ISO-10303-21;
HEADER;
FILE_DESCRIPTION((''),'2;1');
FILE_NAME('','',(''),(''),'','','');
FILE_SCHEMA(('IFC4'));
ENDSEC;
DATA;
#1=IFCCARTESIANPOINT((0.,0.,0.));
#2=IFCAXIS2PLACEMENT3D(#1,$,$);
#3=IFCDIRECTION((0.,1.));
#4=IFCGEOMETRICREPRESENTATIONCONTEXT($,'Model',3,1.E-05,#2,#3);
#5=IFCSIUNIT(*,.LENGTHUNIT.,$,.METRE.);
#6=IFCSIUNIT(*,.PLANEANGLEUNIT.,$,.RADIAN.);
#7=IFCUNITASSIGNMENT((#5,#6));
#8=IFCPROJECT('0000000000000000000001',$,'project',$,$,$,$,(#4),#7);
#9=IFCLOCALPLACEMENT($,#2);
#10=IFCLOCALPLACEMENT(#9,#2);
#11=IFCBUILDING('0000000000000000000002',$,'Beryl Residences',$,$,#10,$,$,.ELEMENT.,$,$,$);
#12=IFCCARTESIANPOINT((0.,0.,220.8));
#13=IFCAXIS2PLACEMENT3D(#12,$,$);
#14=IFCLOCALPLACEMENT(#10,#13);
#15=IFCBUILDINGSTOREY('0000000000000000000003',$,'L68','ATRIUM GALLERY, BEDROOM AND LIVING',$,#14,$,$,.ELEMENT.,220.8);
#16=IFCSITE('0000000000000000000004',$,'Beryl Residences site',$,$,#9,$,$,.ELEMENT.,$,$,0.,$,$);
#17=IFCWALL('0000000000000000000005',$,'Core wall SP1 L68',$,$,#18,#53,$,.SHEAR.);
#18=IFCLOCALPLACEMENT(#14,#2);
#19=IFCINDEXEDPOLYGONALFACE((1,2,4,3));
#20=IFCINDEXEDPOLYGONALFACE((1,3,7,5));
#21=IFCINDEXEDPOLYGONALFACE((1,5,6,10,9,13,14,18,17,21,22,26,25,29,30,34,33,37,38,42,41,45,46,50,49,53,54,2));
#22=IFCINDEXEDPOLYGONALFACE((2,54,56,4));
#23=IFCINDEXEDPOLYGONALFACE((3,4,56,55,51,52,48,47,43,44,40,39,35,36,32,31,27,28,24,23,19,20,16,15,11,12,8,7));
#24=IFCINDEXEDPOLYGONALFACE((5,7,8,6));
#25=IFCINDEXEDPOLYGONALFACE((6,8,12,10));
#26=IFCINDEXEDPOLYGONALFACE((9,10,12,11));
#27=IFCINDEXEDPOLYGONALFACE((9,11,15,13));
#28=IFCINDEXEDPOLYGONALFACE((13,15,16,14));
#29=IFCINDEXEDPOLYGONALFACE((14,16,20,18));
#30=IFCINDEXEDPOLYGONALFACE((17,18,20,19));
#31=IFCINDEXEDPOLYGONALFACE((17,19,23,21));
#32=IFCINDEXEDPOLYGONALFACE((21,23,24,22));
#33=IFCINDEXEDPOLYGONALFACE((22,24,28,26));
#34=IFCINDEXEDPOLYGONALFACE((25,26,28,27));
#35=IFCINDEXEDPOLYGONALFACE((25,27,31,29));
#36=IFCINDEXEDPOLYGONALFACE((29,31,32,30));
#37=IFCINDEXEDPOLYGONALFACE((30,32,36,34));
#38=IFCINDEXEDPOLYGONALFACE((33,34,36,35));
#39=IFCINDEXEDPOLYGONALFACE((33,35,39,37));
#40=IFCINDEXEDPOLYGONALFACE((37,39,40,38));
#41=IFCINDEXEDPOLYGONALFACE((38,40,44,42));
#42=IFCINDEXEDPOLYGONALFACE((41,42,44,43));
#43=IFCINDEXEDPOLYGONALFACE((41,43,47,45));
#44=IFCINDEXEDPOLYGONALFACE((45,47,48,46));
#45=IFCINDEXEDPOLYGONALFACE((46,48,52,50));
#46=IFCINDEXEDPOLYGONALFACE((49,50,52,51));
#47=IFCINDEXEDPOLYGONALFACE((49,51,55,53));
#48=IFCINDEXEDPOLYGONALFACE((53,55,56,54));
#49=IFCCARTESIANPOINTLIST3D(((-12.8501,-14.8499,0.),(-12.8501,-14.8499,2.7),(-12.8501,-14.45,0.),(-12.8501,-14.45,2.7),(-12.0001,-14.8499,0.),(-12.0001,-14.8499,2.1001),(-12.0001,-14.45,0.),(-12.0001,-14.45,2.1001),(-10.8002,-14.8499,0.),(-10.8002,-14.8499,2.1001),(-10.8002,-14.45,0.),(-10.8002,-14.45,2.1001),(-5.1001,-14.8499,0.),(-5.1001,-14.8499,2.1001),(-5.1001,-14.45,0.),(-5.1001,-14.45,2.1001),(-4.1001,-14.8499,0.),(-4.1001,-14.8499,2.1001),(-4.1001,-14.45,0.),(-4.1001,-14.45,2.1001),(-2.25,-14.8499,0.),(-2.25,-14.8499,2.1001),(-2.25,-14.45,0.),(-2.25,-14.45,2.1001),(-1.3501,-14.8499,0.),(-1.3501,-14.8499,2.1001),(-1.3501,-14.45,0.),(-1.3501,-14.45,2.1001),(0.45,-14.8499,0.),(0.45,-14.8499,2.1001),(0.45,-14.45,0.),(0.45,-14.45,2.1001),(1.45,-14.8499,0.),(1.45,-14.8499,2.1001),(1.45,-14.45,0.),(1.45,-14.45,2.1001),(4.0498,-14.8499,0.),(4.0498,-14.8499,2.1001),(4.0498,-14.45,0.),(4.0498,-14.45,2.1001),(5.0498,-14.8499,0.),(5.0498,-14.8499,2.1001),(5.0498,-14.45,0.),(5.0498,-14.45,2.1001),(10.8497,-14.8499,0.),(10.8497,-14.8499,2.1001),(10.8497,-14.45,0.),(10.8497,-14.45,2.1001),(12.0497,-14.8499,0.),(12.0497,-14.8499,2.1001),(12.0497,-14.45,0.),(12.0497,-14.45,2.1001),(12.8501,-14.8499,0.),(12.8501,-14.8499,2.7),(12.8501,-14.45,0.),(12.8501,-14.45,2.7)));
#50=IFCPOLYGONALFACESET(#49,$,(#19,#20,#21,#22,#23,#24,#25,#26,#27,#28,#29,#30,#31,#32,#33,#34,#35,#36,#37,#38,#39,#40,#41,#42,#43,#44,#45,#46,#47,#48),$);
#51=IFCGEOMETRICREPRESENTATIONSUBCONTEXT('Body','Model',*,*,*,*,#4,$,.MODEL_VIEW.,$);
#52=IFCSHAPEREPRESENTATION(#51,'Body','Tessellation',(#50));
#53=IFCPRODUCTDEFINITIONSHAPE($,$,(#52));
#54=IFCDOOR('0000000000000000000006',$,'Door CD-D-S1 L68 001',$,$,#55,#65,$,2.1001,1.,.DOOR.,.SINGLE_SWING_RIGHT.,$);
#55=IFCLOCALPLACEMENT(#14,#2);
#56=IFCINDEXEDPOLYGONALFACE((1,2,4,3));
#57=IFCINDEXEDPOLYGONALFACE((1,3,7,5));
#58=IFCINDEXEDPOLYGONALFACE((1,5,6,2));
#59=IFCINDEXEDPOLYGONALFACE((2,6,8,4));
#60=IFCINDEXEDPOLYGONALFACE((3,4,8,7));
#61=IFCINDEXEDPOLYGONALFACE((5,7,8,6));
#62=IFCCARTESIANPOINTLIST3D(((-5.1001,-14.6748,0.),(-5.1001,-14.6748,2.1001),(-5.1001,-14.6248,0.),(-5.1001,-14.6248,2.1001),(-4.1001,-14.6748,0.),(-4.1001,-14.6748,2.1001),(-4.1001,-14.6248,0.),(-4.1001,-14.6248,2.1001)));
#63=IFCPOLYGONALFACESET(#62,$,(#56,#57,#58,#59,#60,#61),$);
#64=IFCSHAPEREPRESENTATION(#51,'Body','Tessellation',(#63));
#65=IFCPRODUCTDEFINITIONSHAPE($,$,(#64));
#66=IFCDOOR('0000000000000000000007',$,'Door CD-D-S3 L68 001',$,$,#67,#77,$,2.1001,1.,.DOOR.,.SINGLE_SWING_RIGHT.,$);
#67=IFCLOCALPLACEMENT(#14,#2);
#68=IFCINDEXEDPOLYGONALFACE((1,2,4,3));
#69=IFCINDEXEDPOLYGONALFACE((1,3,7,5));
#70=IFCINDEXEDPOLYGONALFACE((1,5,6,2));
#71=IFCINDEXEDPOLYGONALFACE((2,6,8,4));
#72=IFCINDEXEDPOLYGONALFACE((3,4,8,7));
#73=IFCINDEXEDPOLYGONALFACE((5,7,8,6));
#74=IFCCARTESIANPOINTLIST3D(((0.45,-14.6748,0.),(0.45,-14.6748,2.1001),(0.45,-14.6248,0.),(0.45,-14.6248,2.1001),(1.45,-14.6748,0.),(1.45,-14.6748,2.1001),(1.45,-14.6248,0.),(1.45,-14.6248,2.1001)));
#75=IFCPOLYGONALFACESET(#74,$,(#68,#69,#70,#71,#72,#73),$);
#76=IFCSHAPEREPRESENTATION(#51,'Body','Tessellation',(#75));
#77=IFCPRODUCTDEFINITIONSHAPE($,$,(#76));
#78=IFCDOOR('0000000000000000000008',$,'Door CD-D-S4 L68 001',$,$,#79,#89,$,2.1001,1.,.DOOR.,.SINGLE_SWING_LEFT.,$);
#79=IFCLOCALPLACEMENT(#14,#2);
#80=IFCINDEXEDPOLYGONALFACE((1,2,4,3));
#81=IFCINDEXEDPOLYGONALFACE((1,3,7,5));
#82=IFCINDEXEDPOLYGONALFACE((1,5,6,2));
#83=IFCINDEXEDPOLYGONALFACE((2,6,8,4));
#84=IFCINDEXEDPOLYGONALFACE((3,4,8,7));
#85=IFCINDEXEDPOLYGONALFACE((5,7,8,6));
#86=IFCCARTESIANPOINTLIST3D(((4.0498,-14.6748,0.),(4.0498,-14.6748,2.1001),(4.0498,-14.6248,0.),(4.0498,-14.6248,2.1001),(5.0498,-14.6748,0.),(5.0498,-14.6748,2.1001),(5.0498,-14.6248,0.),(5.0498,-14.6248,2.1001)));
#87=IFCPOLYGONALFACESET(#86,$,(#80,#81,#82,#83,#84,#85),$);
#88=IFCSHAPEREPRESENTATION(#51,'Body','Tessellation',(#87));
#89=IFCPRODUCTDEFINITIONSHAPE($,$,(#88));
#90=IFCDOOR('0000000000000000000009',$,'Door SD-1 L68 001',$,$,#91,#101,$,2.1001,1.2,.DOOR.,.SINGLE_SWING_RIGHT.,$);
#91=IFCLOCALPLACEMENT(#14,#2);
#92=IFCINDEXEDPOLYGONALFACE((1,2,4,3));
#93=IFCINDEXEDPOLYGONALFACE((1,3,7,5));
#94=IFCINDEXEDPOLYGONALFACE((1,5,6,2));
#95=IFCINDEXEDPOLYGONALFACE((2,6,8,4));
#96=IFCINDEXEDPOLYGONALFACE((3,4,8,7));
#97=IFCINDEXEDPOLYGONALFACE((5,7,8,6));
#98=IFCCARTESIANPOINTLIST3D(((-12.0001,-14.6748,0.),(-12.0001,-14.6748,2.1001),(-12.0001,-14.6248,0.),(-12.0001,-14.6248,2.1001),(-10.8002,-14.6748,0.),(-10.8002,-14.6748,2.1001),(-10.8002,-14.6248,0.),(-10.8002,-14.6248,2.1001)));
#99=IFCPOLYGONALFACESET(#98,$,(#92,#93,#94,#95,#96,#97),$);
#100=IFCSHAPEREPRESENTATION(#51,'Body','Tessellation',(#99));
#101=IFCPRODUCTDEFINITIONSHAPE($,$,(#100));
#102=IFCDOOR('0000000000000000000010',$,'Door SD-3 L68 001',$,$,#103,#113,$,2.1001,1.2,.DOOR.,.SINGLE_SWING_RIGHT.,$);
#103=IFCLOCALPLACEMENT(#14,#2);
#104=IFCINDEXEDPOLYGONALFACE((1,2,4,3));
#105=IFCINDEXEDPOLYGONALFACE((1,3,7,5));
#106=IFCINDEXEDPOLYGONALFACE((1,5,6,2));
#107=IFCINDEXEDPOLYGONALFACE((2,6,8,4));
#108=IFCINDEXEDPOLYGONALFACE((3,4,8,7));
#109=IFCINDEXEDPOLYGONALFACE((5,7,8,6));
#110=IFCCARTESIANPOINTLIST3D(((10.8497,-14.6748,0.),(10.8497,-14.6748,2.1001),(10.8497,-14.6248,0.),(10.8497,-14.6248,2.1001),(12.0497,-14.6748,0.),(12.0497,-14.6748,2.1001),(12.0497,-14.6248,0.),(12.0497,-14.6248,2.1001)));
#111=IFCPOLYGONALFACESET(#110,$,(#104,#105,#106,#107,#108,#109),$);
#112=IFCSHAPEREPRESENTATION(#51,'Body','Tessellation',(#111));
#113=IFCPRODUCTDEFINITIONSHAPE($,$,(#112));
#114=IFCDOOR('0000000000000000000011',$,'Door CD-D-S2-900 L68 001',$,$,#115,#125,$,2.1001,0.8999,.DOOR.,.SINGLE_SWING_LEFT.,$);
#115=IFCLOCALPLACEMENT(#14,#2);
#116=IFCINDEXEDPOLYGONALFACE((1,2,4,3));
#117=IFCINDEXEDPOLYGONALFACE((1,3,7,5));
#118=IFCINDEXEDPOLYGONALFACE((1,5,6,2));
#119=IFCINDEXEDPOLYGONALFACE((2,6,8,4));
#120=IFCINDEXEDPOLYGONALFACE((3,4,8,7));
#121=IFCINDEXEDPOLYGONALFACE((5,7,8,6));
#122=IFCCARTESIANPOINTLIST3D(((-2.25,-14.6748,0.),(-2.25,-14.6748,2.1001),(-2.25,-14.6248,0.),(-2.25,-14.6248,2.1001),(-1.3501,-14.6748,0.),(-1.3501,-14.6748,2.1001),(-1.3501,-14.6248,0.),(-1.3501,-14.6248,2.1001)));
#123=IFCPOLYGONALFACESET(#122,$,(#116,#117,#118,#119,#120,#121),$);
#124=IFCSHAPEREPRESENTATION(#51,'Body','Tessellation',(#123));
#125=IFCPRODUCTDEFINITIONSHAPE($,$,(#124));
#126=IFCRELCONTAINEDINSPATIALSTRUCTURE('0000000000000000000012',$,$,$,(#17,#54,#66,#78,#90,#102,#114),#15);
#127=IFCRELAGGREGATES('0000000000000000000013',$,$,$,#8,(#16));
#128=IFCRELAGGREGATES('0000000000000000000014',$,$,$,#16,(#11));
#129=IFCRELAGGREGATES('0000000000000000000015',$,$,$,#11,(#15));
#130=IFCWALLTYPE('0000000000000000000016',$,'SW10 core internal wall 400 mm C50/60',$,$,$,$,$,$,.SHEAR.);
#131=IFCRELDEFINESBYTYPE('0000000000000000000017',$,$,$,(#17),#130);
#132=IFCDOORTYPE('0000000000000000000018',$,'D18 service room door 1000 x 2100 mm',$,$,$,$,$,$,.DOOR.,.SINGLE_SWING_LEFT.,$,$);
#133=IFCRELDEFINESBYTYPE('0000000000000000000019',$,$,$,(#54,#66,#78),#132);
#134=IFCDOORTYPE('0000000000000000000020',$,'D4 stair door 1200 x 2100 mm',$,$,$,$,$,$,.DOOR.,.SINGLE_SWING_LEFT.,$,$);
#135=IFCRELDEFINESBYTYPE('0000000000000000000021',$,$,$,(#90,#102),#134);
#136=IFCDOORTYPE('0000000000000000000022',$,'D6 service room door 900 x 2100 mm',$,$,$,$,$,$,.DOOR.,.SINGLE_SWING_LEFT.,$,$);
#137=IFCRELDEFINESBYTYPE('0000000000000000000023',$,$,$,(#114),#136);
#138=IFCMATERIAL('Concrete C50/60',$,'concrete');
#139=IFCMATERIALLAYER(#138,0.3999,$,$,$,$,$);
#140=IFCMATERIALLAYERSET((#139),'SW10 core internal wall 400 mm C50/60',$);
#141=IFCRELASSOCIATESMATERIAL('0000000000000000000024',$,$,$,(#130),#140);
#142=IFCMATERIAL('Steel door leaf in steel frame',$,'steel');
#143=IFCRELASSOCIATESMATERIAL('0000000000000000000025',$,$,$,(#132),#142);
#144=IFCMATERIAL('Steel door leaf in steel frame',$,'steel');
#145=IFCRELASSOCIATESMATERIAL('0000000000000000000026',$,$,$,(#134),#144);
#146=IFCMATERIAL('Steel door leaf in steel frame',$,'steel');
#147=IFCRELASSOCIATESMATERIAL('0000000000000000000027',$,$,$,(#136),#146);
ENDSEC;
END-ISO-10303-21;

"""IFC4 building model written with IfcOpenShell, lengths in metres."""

from ifc_helpers import new_model, si_unit, direction, frame, frame_2d, origin, place, context, subcontext, project, spatial, rectangle, extrude, material, layer, layer_set, type_object, element, fill, save


model = new_model("IFC4")

# Units and contexts
model_context = context("Model", 3, precision=1e-05, world=origin(), true_north=direction((0.0, 1.0)))
body_context = subcontext(model_context, "Body", "Model", "MODEL_VIEW")
ifc_project = project(units=[si_unit("LENGTHUNIT", "METRE"), si_unit("PLANEANGLEUNIT", "RADIAN")], contexts=[model_context])

# Site, building, storey
site_placement = place(None, origin())
site = spatial("IfcSite", under=ifc_project, at=site_placement, Name="Beryl Residences site", CompositionType="ELEMENT", RefElevation=0.0)
building_placement = place(site_placement, origin())
building = spatial("IfcBuilding", under=site, at=building_placement, Name="Beryl Residences", CompositionType="ELEMENT")
storey_placement = place(building_placement, frame((0.0, 0.0, 220.8)))
storey = spatial("IfcBuildingStorey", under=building, at=storey_placement, Name="L68", Description="ATRIUM GALLERY, BEDROOM AND LIVING", CompositionType="ELEMENT", Elevation=220.8)

# Wall, openings, doors
ifc_material_1 = material(Name="Concrete C50/60", Category="concrete")
ifc_layer_1 = layer(ifc_material_1, 0.3999)
ifc_layer_set_1 = layer_set([ifc_layer_1], Name="SW10 core internal wall 400 mm C50/60")
wall_type_1 = type_object("IfcWallType", Name="SW10 core internal wall 400 mm C50/60", PredefinedType="SHEAR", material=ifc_layer_set_1)
wall_1_placement = place(storey_placement, frame((-12.8501, -14.6499, 0.0), z_axis=(0.0, 0.0, 1.0), x_axis=(1.0, 0.0, 0.0)))
wall_1 = element("IfcWall", 1, at=wall_1_placement, inside=storey, type_object=wall_type_1, Name="Core wall SP1 L68", PredefinedType="SHEAR", context=body_context, shape_type="SweptSolid", body=[
    extrude(rectangle(XDim=25.7002, YDim=0.3999, at=frame_2d((12.8501, 0.0))), origin(), (0.0, 0.0, 1.0), 2.7),
])
opening_1_placement = place(wall_1_placement, frame((2.05, 0.0, 0.0), z_axis=(0.0, 0.0, 1.0), x_axis=(-1.0, 0.0, 0.0)))
opening_1 = element("IfcOpeningElement", 2, at=opening_1_placement, cuts=wall_1, PredefinedType="OPENING", context=body_context, shape_type="SweptSolid", body=[
    extrude(rectangle(XDim=1.2, YDim=2.1001, at=frame_2d((0.6001, 1.05))), frame((0.0, 0.21, 0.0), z_axis=(0.0, -1.0, 0.0), x_axis=(1.0, 0.0, 0.0)), (0.0, 0.0, 1.0), 0.4199),
])
opening_2_placement = place(wall_1_placement, frame((24.8999, 0.0, 0.0), z_axis=(0.0, 0.0, 1.0), x_axis=(-1.0, 0.0, 0.0)))
opening_2 = element("IfcOpeningElement", 3, at=opening_2_placement, cuts=wall_1, PredefinedType="OPENING", context=body_context, shape_type="SweptSolid", body=[
    extrude(rectangle(XDim=1.2, YDim=2.1001, at=frame_2d((0.6001, 1.05))), frame((0.0, 0.21, 0.0), z_axis=(0.0, -1.0, 0.0), x_axis=(1.0, 0.0, 0.0)), (0.0, 0.0, 1.0), 0.4199),
])
opening_3_placement = place(wall_1_placement, frame((8.75, 0.0, 0.0), z_axis=(0.0, 0.0, 1.0), x_axis=(-1.0, 0.0, 0.0)))
opening_3 = element("IfcOpeningElement", 4, at=opening_3_placement, cuts=wall_1, PredefinedType="OPENING", context=body_context, shape_type="SweptSolid", body=[
    extrude(rectangle(XDim=1.0, YDim=2.1001, at=frame_2d((0.5, 1.05))), frame((0.0, 0.21, 0.0), z_axis=(0.0, -1.0, 0.0), x_axis=(1.0, 0.0, 0.0)), (0.0, 0.0, 1.0), 0.4199),
])
opening_4_placement = place(wall_1_placement, frame((11.5, 0.0, 0.0), z_axis=(0.0, 0.0, 1.0), x_axis=(-1.0, 0.0, 0.0)))
opening_4 = element("IfcOpeningElement", 5, at=opening_4_placement, cuts=wall_1, PredefinedType="OPENING", context=body_context, shape_type="SweptSolid", body=[
    extrude(rectangle(XDim=0.8999, YDim=2.1001, at=frame_2d((0.45, 1.05))), frame((0.0, 0.21, 0.0), z_axis=(0.0, -1.0, 0.0), x_axis=(1.0, 0.0, 0.0)), (0.0, 0.0, 1.0), 0.4199),
])
opening_5_placement = place(wall_1_placement, frame((14.3, 0.0, 0.0), z_axis=(0.0, 0.0, 1.0), x_axis=(-1.0, 0.0, 0.0)))
opening_5 = element("IfcOpeningElement", 6, at=opening_5_placement, cuts=wall_1, PredefinedType="OPENING", context=body_context, shape_type="SweptSolid", body=[
    extrude(rectangle(XDim=1.0, YDim=2.1001, at=frame_2d((0.5, 1.05))), frame((0.0, 0.21, 0.0), z_axis=(0.0, -1.0, 0.0), x_axis=(1.0, 0.0, 0.0)), (0.0, 0.0, 1.0), 0.4199),
])
opening_6_placement = place(wall_1_placement, frame((17.8999, 0.0, 0.0), z_axis=(0.0, 0.0, 1.0), x_axis=(-1.0, 0.0, 0.0)))
opening_6 = element("IfcOpeningElement", 7, at=opening_6_placement, cuts=wall_1, PredefinedType="OPENING", context=body_context, shape_type="SweptSolid", body=[
    extrude(rectangle(XDim=1.0, YDim=2.1001, at=frame_2d((0.5, 1.05))), frame((0.0, 0.21, 0.0), z_axis=(0.0, -1.0, 0.0), x_axis=(1.0, 0.0, 0.0)), (0.0, 0.0, 1.0), 0.4199),
])
ifc_material_2 = material(Name="Steel door leaf in steel frame", Category="steel")
door_type_1 = type_object("IfcDoorType", Name="D18 service room door 1000 x 2100 mm", OperationType="SINGLE_SWING_LEFT", PredefinedType="DOOR", material=ifc_material_2)
door_1_placement = place(opening_3_placement, origin())
door_1 = element("IfcDoor", 8, at=door_1_placement, inside=storey, type_object=door_type_1, Name="Door CD-D-S1 L68 001", OperationType="SINGLE_SWING_RIGHT", OverallHeight=2.1001, OverallWidth=1.0, PredefinedType="DOOR", context=body_context, shape_type="SweptSolid", body=[
    extrude(rectangle(XDim=1.0, YDim=2.1001, at=frame_2d((0.5, 1.05))), frame((0.0, 0.0249, 0.0), z_axis=(0.0, -1.0, 0.0), x_axis=(1.0, 0.0, 0.0)), (0.0, 0.0, 1.0), 0.05),
])
fill(opening_3, door_1)
door_2_placement = place(opening_5_placement, origin())
door_2 = element("IfcDoor", 9, at=door_2_placement, inside=storey, type_object=door_type_1, Name="Door CD-D-S3 L68 001", OperationType="SINGLE_SWING_RIGHT", OverallHeight=2.1001, OverallWidth=1.0, PredefinedType="DOOR", context=body_context, shape_type="SweptSolid", body=[
    extrude(rectangle(XDim=1.0, YDim=2.1001, at=frame_2d((0.5, 1.05))), frame((0.0, 0.0249, 0.0), z_axis=(0.0, -1.0, 0.0), x_axis=(1.0, 0.0, 0.0)), (0.0, 0.0, 1.0), 0.05),
])
fill(opening_5, door_2)
door_3_placement = place(opening_6_placement, origin())
door_3 = element("IfcDoor", 10, at=door_3_placement, inside=storey, type_object=door_type_1, Name="Door CD-D-S4 L68 001", OperationType="SINGLE_SWING_LEFT", OverallHeight=2.1001, OverallWidth=1.0, PredefinedType="DOOR", context=body_context, shape_type="SweptSolid", body=[
    extrude(rectangle(XDim=1.0, YDim=2.1001, at=frame_2d((0.5, 1.05))), frame((0.0, 0.0249, 0.0), z_axis=(0.0, -1.0, 0.0), x_axis=(1.0, 0.0, 0.0)), (0.0, 0.0, 1.0), 0.05),
])
fill(opening_6, door_3)
ifc_material_3 = material(Name="Steel door leaf in steel frame", Category="steel")
door_type_2 = type_object("IfcDoorType", Name="D4 stair door 1200 x 2100 mm", OperationType="SINGLE_SWING_LEFT", PredefinedType="DOOR", material=ifc_material_3)
door_4_placement = place(opening_1_placement, origin())
door_4 = element("IfcDoor", 11, at=door_4_placement, inside=storey, type_object=door_type_2, Name="Door SD-1 L68 001", OperationType="SINGLE_SWING_RIGHT", OverallHeight=2.1001, OverallWidth=1.2, PredefinedType="DOOR", context=body_context, shape_type="SweptSolid", body=[
    extrude(rectangle(XDim=1.2, YDim=2.1001, at=frame_2d((0.6001, 1.05))), frame((0.0, 0.0249, 0.0), z_axis=(0.0, -1.0, 0.0), x_axis=(1.0, 0.0, 0.0)), (0.0, 0.0, 1.0), 0.05),
])
fill(opening_1, door_4)
door_5_placement = place(opening_2_placement, origin())
door_5 = element("IfcDoor", 12, at=door_5_placement, inside=storey, type_object=door_type_2, Name="Door SD-3 L68 001", OperationType="SINGLE_SWING_RIGHT", OverallHeight=2.1001, OverallWidth=1.2, PredefinedType="DOOR", context=body_context, shape_type="SweptSolid", body=[
    extrude(rectangle(XDim=1.2, YDim=2.1001, at=frame_2d((0.6001, 1.05))), frame((0.0, 0.0249, 0.0), z_axis=(0.0, -1.0, 0.0), x_axis=(1.0, 0.0, 0.0)), (0.0, 0.0, 1.0), 0.05),
])
fill(opening_2, door_5)
ifc_material_4 = material(Name="Steel door leaf in steel frame", Category="steel")
door_type_3 = type_object("IfcDoorType", Name="D6 service room door 900 x 2100 mm", OperationType="SINGLE_SWING_LEFT", PredefinedType="DOOR", material=ifc_material_4)
door_6_placement = place(opening_4_placement, origin())
door_6 = element("IfcDoor", 13, at=door_6_placement, inside=storey, type_object=door_type_3, Name="Door CD-D-S2-900 L68 001", OperationType="SINGLE_SWING_LEFT", OverallHeight=2.1001, OverallWidth=0.8999, PredefinedType="DOOR", context=body_context, shape_type="SweptSolid", body=[
    extrude(rectangle(XDim=0.8999, YDim=2.1001, at=frame_2d((0.45, 1.05))), frame((0.0, 0.0249, 0.0), z_axis=(0.0, -1.0, 0.0), x_axis=(1.0, 0.0, 0.0)), (0.0, 0.0, 1.0), 0.05),
])
fill(opening_4, door_6)

save(model, "model.ifc")
